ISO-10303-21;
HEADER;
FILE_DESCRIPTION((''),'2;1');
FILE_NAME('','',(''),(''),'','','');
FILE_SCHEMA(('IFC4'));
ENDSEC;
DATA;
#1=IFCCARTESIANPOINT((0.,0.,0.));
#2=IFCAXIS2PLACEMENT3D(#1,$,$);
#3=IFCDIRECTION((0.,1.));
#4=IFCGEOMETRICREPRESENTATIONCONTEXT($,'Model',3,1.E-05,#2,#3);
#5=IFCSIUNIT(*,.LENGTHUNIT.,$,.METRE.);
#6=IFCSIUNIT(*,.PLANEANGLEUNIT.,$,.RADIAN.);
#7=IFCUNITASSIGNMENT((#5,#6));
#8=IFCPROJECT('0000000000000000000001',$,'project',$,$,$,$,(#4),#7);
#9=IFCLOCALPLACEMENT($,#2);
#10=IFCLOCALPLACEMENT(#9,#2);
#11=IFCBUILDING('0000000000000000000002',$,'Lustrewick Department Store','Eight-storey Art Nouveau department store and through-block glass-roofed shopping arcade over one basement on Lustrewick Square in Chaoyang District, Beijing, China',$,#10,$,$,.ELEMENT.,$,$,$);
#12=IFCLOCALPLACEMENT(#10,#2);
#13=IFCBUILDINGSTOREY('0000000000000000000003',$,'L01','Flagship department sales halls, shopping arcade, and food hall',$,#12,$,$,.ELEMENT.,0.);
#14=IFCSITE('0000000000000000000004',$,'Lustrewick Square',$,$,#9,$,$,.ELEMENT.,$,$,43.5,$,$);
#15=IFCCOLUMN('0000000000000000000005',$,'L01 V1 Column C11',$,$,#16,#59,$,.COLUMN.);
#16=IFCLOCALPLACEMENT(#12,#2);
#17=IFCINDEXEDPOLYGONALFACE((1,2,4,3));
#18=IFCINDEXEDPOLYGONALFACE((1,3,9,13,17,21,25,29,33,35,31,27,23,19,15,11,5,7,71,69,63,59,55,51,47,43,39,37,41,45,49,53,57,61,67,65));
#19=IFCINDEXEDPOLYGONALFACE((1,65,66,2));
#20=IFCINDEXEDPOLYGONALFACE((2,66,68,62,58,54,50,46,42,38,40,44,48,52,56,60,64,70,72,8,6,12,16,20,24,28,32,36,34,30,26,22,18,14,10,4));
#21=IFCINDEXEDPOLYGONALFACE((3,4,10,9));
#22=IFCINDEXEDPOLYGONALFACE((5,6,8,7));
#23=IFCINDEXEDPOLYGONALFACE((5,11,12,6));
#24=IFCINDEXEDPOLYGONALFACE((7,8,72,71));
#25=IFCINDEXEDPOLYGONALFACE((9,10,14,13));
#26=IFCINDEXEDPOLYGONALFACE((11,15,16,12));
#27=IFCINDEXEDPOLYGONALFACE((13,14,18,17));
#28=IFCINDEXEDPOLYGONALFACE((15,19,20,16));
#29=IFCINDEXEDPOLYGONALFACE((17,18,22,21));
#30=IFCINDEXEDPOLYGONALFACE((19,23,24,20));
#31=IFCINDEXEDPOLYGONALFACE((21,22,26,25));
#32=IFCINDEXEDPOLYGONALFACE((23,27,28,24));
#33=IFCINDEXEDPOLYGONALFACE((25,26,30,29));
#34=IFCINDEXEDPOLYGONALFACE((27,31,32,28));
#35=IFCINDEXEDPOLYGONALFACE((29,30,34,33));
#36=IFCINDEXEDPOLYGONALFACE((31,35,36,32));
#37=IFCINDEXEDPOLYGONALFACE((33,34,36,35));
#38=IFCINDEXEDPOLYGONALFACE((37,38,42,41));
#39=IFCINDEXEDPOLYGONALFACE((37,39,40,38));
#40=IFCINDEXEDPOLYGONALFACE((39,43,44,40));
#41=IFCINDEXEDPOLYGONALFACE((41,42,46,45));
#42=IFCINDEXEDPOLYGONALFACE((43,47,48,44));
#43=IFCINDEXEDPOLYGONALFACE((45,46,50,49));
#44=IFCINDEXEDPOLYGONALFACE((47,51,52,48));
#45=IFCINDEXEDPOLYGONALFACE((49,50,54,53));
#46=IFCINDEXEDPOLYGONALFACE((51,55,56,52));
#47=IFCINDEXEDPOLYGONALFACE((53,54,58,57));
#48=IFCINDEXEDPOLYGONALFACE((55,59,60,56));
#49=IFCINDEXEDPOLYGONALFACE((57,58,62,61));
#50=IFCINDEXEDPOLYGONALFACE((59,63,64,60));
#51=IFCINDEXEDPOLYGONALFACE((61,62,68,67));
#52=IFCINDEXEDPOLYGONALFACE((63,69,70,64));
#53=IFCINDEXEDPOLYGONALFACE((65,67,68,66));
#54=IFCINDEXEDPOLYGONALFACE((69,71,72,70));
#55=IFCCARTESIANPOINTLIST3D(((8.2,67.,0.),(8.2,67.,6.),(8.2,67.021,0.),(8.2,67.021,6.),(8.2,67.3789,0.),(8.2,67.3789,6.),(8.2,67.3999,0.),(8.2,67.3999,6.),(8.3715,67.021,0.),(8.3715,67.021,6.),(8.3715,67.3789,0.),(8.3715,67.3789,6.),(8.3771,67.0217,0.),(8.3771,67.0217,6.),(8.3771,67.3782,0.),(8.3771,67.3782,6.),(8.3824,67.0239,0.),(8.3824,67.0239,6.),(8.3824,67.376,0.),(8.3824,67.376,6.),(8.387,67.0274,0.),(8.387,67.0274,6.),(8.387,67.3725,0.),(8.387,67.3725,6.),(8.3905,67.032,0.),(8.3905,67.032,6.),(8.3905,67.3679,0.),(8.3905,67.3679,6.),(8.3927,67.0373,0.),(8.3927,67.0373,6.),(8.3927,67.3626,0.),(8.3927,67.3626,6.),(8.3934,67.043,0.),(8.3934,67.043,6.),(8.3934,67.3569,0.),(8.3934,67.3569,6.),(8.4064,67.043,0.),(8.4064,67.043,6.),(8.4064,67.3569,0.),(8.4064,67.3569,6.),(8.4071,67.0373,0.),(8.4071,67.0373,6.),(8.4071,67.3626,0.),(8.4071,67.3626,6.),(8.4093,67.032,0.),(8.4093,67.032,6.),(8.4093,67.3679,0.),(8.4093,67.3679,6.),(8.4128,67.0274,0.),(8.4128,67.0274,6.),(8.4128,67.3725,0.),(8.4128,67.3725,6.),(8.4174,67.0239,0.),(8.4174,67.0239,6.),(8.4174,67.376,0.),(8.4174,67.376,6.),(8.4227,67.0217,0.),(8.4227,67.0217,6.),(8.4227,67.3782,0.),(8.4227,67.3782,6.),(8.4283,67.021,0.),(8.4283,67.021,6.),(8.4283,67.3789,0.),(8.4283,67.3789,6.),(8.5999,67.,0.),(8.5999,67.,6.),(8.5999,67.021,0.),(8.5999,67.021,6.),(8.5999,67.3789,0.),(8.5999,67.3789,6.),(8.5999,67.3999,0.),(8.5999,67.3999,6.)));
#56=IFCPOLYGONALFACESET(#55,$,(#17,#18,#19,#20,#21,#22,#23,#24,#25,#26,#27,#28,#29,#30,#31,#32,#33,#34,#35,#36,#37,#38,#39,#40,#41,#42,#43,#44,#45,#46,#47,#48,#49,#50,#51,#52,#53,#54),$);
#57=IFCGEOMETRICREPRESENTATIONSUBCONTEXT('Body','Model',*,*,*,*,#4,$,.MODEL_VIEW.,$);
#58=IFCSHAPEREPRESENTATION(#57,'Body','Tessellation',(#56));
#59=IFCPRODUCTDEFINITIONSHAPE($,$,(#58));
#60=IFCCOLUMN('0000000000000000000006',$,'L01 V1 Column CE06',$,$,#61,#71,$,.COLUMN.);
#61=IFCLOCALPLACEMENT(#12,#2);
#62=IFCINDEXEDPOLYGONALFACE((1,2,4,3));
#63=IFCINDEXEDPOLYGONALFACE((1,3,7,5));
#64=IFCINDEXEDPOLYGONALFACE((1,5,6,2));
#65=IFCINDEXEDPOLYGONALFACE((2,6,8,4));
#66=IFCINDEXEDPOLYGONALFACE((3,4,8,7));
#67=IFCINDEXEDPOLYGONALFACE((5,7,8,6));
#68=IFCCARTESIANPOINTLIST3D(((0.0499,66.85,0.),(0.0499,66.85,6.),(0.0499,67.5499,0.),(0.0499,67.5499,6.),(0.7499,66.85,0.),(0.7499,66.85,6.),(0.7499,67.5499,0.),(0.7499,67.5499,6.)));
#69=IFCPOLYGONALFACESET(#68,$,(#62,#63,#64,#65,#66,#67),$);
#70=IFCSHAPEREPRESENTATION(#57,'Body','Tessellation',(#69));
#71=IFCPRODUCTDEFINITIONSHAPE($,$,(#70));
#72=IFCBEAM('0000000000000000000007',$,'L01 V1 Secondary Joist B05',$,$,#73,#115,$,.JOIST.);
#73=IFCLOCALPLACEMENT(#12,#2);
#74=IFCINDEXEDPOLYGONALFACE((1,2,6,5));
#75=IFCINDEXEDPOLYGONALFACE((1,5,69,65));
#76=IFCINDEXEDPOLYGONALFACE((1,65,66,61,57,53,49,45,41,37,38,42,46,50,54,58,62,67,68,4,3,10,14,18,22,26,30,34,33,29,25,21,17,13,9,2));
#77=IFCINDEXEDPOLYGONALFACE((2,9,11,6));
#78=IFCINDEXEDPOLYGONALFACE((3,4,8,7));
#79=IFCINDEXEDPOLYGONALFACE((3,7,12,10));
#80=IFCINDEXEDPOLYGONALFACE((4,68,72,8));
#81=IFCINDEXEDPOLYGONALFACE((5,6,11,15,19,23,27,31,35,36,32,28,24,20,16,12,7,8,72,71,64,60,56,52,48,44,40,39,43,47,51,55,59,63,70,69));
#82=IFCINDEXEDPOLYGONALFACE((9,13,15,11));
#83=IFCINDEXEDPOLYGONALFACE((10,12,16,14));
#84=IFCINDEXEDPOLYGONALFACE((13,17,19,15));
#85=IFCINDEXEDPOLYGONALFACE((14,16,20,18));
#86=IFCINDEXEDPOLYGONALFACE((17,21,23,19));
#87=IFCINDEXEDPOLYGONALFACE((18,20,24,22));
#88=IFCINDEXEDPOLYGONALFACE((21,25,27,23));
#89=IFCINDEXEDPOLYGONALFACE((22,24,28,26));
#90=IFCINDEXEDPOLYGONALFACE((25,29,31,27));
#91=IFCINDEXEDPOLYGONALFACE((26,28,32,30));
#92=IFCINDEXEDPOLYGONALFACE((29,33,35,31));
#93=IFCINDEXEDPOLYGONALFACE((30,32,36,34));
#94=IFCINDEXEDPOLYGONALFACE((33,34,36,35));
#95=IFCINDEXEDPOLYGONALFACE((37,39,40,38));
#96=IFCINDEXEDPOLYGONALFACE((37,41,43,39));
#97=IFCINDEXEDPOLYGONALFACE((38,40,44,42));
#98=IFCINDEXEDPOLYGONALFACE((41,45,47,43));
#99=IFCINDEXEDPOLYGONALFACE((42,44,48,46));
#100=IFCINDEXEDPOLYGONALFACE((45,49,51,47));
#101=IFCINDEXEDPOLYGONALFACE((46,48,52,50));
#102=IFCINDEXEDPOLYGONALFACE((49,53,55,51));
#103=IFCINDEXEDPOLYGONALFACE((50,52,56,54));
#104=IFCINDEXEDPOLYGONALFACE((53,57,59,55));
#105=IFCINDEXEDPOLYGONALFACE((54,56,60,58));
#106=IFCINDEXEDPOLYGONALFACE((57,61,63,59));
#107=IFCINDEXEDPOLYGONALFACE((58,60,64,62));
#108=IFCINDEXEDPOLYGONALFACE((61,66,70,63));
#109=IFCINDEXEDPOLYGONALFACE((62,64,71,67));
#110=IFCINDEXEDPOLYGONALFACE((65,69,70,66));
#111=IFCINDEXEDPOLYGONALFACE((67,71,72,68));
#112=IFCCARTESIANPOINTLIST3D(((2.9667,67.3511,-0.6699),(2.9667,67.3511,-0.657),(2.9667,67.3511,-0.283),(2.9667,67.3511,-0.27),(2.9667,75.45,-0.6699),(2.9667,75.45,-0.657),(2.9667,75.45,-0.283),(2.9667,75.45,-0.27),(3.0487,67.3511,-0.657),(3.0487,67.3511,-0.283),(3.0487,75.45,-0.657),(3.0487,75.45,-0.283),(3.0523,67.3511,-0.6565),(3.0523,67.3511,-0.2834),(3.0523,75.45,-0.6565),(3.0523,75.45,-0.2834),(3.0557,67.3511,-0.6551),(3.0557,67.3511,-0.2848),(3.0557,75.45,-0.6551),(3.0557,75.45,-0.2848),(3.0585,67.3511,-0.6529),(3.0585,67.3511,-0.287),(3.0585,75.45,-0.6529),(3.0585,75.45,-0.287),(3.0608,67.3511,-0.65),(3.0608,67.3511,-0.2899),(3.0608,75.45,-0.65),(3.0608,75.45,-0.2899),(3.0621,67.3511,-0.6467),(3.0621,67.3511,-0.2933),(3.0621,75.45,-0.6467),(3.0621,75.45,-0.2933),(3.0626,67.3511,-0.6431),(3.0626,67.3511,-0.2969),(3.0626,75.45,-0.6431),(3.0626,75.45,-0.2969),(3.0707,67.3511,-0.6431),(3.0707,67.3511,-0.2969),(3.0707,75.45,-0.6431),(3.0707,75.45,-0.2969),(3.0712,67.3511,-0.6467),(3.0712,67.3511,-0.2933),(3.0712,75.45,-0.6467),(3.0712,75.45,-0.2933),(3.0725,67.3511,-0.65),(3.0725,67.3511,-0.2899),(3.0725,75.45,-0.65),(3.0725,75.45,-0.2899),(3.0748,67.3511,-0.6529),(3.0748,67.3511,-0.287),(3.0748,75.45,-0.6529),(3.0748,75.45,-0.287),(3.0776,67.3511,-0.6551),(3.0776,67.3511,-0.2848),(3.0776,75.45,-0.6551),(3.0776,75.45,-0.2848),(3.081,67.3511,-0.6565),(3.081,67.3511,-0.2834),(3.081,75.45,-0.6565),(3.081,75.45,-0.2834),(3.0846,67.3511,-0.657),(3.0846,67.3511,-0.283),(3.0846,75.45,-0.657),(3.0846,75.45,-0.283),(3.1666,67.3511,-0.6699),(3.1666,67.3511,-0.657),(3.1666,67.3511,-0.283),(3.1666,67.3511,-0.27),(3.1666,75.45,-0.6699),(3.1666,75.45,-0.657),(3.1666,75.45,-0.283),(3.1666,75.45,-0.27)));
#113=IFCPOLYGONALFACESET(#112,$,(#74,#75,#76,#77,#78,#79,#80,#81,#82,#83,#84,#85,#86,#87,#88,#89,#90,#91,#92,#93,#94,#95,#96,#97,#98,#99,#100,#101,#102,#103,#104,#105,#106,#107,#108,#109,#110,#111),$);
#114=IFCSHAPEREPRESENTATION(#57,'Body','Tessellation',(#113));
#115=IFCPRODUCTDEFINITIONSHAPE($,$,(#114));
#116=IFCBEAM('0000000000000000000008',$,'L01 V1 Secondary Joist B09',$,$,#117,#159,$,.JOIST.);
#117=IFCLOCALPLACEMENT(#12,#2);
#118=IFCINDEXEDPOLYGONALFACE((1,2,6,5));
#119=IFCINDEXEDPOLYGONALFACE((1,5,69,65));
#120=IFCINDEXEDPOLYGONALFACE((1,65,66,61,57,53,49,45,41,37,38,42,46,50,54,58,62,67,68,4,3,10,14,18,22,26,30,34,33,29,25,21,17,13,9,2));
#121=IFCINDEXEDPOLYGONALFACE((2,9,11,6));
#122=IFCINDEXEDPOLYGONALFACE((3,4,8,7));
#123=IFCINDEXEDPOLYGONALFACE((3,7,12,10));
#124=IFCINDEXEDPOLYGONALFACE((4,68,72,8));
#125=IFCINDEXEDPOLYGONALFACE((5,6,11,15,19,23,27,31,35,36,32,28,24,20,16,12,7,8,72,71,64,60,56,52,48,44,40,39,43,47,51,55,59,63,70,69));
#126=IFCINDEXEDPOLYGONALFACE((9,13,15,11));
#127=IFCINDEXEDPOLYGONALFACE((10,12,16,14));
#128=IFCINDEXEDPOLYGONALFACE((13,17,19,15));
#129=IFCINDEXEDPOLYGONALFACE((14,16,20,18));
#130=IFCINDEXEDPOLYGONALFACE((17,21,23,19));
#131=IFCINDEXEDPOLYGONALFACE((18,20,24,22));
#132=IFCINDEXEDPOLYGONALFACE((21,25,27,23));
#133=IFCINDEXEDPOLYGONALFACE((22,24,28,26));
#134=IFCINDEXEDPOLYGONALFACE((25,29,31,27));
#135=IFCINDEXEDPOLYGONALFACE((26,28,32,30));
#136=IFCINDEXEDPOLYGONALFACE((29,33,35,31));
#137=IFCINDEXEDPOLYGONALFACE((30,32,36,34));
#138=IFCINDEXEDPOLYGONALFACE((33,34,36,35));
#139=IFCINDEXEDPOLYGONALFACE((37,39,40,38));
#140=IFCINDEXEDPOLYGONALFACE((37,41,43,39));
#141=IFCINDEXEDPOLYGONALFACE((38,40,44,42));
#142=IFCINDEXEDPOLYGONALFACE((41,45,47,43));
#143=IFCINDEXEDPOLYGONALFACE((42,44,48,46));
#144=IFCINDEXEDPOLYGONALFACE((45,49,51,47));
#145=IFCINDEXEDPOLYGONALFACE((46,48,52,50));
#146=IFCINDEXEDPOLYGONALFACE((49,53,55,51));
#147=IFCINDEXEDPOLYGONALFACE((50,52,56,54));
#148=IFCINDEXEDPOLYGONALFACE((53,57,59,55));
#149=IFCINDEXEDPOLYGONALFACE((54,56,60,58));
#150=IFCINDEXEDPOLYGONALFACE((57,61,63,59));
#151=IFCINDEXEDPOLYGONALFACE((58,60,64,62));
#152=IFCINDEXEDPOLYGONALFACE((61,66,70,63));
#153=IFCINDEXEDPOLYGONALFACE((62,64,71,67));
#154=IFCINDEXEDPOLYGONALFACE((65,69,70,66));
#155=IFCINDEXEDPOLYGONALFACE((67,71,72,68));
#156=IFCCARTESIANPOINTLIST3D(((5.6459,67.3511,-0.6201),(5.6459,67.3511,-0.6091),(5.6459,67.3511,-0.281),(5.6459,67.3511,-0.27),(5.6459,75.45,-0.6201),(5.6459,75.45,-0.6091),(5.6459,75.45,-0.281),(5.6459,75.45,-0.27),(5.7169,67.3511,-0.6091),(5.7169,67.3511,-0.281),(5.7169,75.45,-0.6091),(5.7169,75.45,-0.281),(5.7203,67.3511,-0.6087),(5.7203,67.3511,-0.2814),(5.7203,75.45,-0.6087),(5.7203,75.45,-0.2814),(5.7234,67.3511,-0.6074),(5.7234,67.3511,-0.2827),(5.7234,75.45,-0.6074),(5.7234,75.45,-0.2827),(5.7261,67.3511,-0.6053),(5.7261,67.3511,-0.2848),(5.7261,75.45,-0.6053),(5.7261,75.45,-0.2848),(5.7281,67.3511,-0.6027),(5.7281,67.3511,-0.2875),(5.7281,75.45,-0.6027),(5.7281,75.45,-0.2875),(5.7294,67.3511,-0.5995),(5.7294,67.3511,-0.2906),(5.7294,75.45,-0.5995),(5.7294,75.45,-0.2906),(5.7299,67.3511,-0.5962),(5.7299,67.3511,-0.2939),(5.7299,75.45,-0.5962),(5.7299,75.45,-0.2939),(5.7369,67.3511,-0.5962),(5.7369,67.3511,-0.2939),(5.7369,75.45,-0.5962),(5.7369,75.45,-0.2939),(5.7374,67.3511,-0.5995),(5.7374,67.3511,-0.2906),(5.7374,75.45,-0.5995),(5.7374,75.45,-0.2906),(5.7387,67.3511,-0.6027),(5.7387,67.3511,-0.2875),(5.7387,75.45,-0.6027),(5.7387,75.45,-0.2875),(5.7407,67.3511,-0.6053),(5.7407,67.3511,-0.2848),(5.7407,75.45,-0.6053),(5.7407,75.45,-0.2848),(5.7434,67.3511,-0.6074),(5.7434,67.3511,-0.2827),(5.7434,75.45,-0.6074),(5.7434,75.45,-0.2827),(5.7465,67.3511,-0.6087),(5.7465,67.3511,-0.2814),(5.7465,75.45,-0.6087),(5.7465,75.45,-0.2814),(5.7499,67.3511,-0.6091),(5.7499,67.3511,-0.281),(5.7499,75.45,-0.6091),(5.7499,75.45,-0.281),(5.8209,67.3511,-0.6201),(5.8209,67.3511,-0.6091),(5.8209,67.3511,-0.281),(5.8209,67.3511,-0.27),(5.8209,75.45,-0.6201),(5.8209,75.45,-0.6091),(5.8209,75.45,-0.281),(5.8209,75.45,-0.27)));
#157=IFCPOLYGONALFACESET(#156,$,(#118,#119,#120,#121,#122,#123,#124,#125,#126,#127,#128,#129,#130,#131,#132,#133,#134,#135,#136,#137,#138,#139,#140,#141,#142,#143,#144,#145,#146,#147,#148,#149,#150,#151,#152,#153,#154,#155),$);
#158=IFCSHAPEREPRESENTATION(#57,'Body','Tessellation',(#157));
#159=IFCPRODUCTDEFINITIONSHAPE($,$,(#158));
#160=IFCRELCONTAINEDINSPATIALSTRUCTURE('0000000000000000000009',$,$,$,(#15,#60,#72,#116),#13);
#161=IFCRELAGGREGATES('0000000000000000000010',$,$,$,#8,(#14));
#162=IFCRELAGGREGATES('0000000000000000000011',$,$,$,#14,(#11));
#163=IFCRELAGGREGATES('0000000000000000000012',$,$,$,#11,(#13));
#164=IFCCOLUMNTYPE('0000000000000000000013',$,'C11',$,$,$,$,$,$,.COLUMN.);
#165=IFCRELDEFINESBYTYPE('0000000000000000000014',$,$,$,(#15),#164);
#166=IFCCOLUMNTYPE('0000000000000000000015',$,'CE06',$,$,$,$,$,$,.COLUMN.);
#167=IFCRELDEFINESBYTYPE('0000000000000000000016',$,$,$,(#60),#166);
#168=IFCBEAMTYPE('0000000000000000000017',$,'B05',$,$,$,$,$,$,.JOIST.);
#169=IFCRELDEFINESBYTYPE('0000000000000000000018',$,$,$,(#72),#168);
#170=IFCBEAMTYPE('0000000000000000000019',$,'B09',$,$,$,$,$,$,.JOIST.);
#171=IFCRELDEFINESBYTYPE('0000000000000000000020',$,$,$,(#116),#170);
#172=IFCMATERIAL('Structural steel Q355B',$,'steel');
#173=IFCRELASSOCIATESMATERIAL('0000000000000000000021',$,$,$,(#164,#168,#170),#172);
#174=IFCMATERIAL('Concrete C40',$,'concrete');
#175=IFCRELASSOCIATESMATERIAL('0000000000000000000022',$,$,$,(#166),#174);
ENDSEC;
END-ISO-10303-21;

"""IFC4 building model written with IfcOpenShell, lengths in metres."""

from ifc_helpers import new_model, si_unit, direction, frame, origin, origin_2d, place, context, subcontext, project, spatial, rectangle, i_section, extrude, material, material_profile, profile_set, type_object, element, save


model = new_model("IFC4")

# Units and contexts
model_context = context("Model", 3, precision=1e-05, world=origin(), true_north=direction((0.0, 1.0)))
body_context = subcontext(model_context, "Body", "Model", "MODEL_VIEW")
ifc_project = project(units=[si_unit("LENGTHUNIT", "METRE"), si_unit("PLANEANGLEUNIT", "RADIAN")], contexts=[model_context])

# Site, building, storey
site_placement = place(None, origin())
site = spatial("IfcSite", under=ifc_project, at=site_placement, Name="Lustrewick Square", CompositionType="ELEMENT", RefElevation=43.5)
building_placement = place(site_placement, origin())
building = spatial("IfcBuilding", under=site, at=building_placement, Name="Lustrewick Department Store", Description="Eight-storey Art Nouveau department store and through-block glass-roofed shopping arcade over one basement on Lustrewick Square in Chaoyang District, Beijing, China", CompositionType="ELEMENT")
storey_placement = place(building_placement, origin())
storey = spatial("IfcBuildingStorey", under=building, at=storey_placement, Name="L01", Description="Flagship department sales halls, shopping arcade, and food hall", CompositionType="ELEMENT", Elevation=0.0)

# Columns
ifc_material_1 = material(Name="Structural steel Q355B", Category="steel")
ifc_material_profile_1 = material_profile(ifc_material_1, i_section(OverallWidth=0.3999, OverallDepth=0.3999, WebThickness=0.0129, FlangeThickness=0.021, FilletRadius=0.022, at=origin_2d()), Name="HW 400x400x13x21")
ifc_profile_set_1 = profile_set([ifc_material_profile_1], Name="Structural steel Q355B")
column_type_1 = type_object("IfcColumnType", Name="C11", PredefinedType="COLUMN", material=ifc_profile_set_1)
column_1_placement = place(storey_placement, frame((8.3999, 67.2, 0.0), z_axis=(0.0, 0.0, 1.0), x_axis=(1.0, 0.0, 0.0)))
element("IfcColumn", 1, at=column_1_placement, inside=storey, type_object=column_type_1, Name="L01 V1 Column C11", PredefinedType="COLUMN", context=body_context, shape_type="SweptSolid", body=[
    extrude(i_section(OverallWidth=0.3999, OverallDepth=0.3999, WebThickness=0.0129, FlangeThickness=0.021, FilletRadius=0.022, at=origin_2d()), origin(), (0.0, 0.0, 1.0), 6.0),
])
ifc_material_2 = material(Name="Concrete C40", Category="concrete")
ifc_material_profile_2 = material_profile(ifc_material_2, rectangle(XDim=0.7, YDim=0.7, at=origin_2d()), Name="RC 700x700")
ifc_profile_set_2 = profile_set([ifc_material_profile_2], Name="Concrete C40")
column_type_2 = type_object("IfcColumnType", Name="CE06", PredefinedType="COLUMN", material=ifc_profile_set_2)
column_2_placement = place(storey_placement, frame((0.3999, 67.2, 0.0), z_axis=(0.0, 0.0, 1.0), x_axis=(1.0, 0.0, 0.0)))
element("IfcColumn", 2, at=column_2_placement, inside=storey, type_object=column_type_2, Name="L01 V1 Column CE06", PredefinedType="COLUMN", context=body_context, shape_type="SweptSolid", body=[
    extrude(rectangle(XDim=0.7, YDim=0.7, at=origin_2d()), origin(), (0.0, 0.0, 1.0), 6.0),
])

# Beams
ifc_material_profile_3 = material_profile(ifc_material_1, i_section(OverallWidth=0.2, OverallDepth=0.3999, WebThickness=0.0081, FlangeThickness=0.0129, FilletRadius=0.0139, at=origin_2d()), Name="HN 400x200x8x13")
ifc_profile_set_3 = profile_set([ifc_material_profile_3], Name="Structural steel Q355B")
beam_type_1 = type_object("IfcBeamType", Name="B05", PredefinedType="JOIST", material=ifc_profile_set_3)
beam_1_placement = place(storey_placement, frame((3.0667, 67.3511, -0.47), z_axis=(0.0, 1.0, 0.0), x_axis=(-1.0, 0.0, 0.0)))
element("IfcBeam", 3, at=beam_1_placement, inside=storey, type_object=beam_type_1, Name="L01 V1 Secondary Joist B05", PredefinedType="JOIST", context=body_context, shape_type="SweptSolid", body=[
    extrude(i_section(OverallWidth=0.2, OverallDepth=0.3999, WebThickness=0.0081, FlangeThickness=0.0129, FilletRadius=0.0139, at=origin_2d()), origin(), (0.0, 0.0, 1.0), 8.0989),
])
ifc_material_profile_4 = material_profile(ifc_material_1, i_section(OverallWidth=0.175, OverallDepth=0.3501, WebThickness=0.0071, FlangeThickness=0.011, FilletRadius=0.0129, at=origin_2d()), Name="HN 350x175x7x11")
ifc_profile_set_4 = profile_set([ifc_material_profile_4], Name="Structural steel Q355B")
beam_type_2 = type_object("IfcBeamType", Name="B09", PredefinedType="JOIST", material=ifc_profile_set_4)
beam_2_placement = place(storey_placement, frame((5.7334, 67.3511, -0.4451), z_axis=(0.0, 1.0, 0.0), x_axis=(-1.0, 0.0, 0.0)))
element("IfcBeam", 4, at=beam_2_placement, inside=storey, type_object=beam_type_2, Name="L01 V1 Secondary Joist B09", PredefinedType="JOIST", context=body_context, shape_type="SweptSolid", body=[
    extrude(i_section(OverallWidth=0.175, OverallDepth=0.3501, WebThickness=0.0071, FlangeThickness=0.011, FilletRadius=0.0129, at=origin_2d()), origin(), (0.0, 0.0, 1.0), 8.0989),
])

save(model, "model.ifc")
